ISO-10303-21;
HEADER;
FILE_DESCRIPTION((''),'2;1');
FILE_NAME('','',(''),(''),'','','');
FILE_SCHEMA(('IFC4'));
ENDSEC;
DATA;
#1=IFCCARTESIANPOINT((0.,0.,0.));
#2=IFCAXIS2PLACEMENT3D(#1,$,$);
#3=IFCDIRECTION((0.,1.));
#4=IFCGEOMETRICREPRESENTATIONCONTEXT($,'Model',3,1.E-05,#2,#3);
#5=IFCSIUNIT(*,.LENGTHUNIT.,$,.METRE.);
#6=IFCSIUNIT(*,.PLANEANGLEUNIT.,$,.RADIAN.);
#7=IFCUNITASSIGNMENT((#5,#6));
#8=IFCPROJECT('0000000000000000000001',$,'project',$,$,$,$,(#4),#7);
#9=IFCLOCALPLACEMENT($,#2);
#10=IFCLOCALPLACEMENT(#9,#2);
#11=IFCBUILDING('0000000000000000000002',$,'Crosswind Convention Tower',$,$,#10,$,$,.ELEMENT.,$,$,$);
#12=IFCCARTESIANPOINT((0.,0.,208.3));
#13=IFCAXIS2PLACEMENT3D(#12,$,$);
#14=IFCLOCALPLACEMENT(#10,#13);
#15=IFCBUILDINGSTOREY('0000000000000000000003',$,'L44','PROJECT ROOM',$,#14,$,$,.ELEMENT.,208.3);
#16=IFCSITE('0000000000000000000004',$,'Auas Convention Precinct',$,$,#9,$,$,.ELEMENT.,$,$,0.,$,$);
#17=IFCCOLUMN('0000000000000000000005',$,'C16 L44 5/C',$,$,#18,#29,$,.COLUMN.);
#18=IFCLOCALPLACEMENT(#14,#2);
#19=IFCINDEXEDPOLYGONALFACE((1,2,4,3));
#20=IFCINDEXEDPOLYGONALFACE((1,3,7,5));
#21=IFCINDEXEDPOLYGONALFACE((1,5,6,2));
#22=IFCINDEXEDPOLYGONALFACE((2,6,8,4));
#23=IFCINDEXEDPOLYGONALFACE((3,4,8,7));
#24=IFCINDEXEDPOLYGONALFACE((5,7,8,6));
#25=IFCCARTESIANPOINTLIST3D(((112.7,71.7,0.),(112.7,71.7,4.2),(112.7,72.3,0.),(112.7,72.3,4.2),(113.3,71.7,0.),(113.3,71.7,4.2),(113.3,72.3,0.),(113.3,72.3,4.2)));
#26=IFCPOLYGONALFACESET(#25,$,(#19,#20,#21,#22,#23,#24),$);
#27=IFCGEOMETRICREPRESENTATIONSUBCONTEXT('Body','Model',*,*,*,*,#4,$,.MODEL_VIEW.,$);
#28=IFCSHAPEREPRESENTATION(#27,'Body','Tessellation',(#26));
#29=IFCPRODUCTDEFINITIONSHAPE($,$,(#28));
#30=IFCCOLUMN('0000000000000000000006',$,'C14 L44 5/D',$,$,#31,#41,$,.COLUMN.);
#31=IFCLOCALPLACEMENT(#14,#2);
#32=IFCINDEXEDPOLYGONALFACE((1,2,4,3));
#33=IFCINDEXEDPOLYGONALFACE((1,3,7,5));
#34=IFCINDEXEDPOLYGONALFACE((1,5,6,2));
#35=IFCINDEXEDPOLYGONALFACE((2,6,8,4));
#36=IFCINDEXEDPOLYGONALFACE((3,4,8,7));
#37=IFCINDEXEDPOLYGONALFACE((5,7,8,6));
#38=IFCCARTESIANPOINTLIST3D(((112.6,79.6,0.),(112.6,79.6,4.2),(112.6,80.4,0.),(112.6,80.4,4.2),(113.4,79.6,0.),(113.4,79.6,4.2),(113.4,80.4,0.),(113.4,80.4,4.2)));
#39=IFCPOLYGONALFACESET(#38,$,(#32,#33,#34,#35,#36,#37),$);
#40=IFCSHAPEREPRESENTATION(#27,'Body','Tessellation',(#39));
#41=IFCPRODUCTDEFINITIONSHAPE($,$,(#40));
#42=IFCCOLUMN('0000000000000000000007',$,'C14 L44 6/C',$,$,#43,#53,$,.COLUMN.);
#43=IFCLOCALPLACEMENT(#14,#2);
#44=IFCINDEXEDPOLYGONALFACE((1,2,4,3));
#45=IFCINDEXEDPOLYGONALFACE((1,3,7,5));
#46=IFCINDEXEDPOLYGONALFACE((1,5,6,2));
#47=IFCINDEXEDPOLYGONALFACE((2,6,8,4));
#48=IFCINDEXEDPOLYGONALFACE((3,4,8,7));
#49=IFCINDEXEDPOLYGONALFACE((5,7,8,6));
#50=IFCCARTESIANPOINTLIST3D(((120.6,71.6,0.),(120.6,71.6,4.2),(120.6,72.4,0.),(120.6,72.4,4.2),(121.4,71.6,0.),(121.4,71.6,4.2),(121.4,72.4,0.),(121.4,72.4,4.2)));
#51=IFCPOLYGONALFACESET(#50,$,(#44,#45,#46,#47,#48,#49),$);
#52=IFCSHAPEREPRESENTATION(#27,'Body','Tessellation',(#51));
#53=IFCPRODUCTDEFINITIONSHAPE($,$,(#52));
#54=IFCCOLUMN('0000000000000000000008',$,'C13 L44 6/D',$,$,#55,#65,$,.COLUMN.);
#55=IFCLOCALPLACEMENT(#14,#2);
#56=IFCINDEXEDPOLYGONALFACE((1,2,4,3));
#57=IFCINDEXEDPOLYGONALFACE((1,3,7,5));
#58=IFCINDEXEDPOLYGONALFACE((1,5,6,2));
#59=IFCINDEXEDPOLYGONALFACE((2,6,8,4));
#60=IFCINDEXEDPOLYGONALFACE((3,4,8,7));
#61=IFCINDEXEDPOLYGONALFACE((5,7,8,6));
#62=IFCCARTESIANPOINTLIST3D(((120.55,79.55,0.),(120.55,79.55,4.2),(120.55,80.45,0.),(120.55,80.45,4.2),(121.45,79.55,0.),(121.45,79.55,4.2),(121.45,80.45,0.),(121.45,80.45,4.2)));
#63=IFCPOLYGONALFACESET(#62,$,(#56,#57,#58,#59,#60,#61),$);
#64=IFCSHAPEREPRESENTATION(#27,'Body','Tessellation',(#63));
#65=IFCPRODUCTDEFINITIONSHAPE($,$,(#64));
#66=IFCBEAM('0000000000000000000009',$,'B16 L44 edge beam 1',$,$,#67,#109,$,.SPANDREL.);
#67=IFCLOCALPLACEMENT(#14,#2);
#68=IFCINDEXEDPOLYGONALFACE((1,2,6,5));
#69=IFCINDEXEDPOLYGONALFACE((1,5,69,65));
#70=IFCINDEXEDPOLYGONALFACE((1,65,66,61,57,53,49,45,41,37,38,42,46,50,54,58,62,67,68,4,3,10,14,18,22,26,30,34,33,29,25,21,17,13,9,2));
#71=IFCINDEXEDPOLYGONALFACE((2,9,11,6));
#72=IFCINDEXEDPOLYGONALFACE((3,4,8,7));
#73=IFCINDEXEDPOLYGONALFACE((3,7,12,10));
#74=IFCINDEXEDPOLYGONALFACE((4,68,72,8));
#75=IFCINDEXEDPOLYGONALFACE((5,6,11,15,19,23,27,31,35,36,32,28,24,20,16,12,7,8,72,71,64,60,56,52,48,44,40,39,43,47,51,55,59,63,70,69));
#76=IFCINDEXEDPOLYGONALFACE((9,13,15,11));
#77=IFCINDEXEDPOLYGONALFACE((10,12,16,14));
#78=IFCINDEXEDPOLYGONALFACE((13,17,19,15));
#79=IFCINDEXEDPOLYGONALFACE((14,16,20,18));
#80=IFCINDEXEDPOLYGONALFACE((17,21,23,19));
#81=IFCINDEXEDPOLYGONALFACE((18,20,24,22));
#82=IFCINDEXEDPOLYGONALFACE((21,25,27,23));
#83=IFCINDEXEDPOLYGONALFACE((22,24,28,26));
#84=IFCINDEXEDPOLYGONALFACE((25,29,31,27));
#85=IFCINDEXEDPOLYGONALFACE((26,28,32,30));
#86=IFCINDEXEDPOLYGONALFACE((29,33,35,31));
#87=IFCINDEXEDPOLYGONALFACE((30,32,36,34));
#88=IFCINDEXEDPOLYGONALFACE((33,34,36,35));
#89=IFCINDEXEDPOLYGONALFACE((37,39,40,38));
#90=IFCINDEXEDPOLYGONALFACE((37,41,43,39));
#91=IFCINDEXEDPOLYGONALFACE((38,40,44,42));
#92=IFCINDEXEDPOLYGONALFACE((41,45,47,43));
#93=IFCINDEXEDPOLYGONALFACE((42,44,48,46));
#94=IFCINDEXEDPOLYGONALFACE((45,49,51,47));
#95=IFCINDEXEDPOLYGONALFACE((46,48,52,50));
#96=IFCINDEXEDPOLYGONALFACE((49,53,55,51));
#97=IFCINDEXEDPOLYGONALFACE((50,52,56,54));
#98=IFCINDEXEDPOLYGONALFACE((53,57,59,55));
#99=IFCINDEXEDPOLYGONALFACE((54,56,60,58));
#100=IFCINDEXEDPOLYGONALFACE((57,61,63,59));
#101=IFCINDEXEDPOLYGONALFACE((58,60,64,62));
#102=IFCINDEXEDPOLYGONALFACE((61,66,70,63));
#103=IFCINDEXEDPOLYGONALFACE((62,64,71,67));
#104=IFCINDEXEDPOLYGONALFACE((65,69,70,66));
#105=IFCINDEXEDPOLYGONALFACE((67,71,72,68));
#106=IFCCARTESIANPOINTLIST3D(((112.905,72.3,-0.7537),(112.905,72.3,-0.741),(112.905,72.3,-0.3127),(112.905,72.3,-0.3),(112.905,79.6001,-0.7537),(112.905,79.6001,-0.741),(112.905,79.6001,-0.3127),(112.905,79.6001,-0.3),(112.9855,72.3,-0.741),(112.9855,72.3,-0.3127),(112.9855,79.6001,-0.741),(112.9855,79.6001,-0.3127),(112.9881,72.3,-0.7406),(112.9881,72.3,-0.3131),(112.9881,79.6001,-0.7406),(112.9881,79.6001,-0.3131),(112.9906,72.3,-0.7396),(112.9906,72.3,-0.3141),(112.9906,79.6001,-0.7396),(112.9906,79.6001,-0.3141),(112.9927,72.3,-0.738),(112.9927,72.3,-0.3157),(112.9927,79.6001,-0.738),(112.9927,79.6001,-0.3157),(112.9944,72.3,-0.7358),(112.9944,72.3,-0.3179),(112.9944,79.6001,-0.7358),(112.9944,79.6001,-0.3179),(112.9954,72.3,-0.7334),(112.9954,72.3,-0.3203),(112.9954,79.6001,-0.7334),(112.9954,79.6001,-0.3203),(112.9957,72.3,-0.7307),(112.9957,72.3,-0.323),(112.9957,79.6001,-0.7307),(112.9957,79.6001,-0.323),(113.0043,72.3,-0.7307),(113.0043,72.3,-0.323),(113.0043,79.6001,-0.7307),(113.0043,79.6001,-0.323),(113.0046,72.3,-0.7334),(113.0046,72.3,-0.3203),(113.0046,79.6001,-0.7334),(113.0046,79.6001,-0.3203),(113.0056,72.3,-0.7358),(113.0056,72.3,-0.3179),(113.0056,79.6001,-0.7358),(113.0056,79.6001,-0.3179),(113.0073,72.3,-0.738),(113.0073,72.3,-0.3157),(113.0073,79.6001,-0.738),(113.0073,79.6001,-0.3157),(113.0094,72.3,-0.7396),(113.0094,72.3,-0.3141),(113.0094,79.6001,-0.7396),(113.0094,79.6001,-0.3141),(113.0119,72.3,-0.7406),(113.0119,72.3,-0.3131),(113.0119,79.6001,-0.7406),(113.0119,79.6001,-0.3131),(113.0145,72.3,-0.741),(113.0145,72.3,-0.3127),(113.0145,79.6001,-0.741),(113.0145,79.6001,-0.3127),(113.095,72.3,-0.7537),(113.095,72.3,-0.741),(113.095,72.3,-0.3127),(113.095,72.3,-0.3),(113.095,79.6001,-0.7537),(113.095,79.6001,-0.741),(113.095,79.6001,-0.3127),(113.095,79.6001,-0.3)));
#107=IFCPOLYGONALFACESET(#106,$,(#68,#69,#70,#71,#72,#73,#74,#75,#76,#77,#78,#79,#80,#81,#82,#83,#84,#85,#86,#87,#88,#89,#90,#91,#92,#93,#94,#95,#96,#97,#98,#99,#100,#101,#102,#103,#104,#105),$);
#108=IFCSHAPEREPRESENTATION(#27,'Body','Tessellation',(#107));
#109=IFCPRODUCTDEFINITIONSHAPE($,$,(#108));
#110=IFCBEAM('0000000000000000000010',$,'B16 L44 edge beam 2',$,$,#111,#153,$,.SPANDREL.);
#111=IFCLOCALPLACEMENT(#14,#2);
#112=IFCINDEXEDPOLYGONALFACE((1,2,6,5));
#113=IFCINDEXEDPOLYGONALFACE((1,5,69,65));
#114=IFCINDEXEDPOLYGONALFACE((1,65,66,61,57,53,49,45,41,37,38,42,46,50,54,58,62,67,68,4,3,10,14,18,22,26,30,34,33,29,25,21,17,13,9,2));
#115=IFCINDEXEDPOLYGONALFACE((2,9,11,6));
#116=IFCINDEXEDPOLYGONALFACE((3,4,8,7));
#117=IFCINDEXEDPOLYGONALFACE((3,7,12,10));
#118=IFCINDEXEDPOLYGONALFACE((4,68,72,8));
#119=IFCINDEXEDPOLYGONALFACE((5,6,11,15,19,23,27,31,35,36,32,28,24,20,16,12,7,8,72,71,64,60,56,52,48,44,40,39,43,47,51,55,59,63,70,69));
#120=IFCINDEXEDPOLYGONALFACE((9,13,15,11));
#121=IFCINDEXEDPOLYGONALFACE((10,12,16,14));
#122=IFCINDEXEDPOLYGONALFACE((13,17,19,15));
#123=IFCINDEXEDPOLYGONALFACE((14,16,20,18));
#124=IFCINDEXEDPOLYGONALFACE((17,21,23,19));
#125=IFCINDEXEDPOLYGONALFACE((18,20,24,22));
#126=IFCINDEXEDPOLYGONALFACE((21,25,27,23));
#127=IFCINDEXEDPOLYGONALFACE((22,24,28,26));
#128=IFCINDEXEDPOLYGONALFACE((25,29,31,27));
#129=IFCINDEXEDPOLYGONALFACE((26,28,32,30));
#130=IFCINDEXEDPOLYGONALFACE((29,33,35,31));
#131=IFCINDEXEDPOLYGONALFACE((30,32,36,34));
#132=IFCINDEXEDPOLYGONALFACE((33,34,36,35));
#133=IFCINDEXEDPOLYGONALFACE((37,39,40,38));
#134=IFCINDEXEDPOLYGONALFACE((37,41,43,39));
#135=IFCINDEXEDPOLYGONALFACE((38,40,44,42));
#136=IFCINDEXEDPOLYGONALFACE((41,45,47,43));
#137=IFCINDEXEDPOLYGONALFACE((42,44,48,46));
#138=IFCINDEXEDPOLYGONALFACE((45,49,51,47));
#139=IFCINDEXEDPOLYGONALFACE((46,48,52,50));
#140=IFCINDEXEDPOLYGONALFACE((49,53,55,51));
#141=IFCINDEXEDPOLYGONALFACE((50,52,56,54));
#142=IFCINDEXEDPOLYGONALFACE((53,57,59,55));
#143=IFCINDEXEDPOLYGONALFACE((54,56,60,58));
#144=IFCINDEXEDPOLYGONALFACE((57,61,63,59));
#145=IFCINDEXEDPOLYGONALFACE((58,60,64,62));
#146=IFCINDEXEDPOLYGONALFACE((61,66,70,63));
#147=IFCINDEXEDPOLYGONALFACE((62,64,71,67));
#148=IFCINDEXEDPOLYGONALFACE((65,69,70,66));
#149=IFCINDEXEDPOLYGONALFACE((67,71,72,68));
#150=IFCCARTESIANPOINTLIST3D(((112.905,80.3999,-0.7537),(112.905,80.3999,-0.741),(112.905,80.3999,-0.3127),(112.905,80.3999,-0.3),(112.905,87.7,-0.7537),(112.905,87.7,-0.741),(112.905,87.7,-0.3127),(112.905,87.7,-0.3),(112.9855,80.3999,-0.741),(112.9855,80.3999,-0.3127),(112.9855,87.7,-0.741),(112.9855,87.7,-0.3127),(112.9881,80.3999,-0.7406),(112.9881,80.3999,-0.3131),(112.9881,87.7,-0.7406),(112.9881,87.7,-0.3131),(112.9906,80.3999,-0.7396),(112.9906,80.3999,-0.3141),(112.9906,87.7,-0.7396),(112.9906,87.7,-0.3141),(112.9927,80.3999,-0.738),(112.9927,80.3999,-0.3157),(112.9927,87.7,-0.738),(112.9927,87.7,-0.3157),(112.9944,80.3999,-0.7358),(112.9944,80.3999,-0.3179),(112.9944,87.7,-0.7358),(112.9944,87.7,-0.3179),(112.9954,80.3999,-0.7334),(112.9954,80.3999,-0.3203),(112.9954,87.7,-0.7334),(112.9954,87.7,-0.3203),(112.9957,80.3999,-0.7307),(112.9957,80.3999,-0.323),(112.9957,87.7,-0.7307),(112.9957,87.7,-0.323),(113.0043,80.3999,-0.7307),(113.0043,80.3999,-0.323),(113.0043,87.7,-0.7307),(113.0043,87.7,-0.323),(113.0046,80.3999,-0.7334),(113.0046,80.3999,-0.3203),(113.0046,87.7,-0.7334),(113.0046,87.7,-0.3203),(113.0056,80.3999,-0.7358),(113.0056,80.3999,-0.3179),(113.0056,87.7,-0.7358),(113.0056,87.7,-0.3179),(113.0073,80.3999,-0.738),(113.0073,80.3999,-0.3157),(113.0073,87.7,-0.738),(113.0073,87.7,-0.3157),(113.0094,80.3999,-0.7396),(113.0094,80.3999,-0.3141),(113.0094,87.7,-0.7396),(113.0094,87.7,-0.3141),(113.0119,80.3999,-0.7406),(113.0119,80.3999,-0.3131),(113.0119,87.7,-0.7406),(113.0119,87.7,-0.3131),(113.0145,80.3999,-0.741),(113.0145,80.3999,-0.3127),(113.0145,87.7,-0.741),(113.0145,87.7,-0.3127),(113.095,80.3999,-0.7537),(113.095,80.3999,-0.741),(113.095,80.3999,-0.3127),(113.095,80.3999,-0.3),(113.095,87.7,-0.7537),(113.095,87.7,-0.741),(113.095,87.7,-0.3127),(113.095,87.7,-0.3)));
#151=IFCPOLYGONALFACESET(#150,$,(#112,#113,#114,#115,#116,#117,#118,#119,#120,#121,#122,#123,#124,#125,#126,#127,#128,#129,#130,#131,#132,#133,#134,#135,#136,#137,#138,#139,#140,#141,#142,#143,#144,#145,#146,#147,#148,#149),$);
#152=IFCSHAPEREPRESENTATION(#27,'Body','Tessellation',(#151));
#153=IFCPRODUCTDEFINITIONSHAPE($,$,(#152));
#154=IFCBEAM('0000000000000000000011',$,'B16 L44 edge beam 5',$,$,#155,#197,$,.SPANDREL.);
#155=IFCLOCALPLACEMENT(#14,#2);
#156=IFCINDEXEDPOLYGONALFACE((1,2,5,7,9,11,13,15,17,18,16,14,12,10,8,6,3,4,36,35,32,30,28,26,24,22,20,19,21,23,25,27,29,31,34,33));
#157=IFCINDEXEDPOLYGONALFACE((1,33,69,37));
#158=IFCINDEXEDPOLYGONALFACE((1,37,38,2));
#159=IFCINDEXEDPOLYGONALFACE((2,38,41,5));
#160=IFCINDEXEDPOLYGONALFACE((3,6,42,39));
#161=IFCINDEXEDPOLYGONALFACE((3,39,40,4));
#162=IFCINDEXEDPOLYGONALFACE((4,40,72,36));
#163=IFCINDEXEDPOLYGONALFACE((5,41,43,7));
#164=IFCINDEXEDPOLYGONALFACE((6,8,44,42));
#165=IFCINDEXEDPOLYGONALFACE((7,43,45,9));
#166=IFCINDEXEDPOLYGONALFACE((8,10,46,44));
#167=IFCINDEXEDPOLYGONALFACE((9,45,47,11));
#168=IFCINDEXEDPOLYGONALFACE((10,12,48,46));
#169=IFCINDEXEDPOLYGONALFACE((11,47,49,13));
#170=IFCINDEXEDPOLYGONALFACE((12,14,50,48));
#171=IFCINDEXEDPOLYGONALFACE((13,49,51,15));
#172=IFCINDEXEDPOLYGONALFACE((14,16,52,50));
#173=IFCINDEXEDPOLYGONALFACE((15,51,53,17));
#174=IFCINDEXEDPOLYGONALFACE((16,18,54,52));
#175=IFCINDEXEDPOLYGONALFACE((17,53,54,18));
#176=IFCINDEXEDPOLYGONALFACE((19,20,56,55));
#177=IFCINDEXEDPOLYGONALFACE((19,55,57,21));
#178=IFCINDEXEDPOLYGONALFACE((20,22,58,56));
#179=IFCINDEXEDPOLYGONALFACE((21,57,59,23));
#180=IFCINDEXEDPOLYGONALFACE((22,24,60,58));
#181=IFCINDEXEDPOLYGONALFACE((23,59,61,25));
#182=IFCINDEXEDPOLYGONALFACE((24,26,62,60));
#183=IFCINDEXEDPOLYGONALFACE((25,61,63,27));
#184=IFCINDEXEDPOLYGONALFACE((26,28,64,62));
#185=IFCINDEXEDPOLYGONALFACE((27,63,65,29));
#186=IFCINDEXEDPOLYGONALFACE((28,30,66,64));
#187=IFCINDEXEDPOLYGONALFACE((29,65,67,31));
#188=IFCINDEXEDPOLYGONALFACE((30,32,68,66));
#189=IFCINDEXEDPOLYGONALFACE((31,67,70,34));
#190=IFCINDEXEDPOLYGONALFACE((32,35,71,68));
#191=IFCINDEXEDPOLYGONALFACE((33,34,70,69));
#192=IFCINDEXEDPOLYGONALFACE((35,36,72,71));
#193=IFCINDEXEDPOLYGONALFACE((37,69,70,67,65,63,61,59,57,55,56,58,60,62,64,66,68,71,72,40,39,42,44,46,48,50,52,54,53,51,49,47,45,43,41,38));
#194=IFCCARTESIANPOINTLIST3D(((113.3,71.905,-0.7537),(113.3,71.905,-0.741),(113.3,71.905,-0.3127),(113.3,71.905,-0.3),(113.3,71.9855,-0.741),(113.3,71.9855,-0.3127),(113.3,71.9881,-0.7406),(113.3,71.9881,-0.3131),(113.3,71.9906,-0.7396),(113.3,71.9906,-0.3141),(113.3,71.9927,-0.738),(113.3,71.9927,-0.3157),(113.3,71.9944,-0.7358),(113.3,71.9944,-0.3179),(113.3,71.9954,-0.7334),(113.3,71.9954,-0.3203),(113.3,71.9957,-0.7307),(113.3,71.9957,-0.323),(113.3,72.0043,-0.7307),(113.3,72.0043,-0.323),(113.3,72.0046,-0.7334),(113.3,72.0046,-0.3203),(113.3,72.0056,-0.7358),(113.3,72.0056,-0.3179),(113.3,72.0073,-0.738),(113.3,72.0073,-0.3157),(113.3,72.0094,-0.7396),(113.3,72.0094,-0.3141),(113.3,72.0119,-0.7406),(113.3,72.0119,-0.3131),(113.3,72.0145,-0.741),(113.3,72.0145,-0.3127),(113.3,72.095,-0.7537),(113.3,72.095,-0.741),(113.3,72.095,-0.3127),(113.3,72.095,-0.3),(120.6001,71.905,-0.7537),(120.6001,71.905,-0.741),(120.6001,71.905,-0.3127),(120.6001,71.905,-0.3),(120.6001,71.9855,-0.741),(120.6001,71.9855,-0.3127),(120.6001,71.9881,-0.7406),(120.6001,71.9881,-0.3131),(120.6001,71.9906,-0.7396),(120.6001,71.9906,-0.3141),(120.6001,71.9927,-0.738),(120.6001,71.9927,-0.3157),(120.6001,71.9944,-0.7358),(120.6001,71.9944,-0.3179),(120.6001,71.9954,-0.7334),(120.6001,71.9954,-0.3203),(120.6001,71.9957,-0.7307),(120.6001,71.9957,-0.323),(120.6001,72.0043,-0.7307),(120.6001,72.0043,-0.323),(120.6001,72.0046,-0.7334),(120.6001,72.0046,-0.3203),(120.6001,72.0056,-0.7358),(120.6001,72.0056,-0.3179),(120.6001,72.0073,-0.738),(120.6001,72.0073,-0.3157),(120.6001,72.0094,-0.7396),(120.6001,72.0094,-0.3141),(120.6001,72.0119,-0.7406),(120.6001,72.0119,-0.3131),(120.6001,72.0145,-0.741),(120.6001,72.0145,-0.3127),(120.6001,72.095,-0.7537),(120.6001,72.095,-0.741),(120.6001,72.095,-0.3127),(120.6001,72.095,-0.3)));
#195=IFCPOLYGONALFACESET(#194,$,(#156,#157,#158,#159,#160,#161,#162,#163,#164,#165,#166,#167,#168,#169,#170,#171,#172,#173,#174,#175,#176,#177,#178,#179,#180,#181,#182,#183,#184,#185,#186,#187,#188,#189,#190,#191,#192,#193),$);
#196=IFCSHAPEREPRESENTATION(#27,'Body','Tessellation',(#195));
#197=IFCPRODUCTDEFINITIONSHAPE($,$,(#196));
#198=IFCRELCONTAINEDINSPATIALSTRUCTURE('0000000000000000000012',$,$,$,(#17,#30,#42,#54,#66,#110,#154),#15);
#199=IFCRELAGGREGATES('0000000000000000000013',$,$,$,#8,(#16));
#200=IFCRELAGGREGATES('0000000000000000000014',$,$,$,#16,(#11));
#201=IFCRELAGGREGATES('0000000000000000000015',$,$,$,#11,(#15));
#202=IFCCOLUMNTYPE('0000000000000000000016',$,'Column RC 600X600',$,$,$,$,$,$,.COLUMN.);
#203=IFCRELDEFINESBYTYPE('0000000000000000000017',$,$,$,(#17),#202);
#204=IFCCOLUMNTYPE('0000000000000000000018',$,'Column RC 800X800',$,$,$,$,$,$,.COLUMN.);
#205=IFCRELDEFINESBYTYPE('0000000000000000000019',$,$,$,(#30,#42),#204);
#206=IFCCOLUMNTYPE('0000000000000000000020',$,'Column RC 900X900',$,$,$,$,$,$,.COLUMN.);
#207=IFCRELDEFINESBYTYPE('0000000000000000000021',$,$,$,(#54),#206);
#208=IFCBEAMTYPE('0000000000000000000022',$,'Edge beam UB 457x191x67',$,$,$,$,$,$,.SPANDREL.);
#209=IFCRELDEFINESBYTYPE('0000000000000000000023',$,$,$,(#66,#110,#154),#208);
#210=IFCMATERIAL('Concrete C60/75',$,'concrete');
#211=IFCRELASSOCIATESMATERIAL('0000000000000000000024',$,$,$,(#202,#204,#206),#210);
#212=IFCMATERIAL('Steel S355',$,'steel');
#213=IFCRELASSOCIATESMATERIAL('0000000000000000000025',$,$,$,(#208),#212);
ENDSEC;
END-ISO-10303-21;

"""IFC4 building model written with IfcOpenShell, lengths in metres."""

from ifc_helpers import new_model, si_unit, direction, frame, origin, origin_2d, place, context, subcontext, project, spatial, rectangle, i_section, extrude, material, material_profile, profile_set, type_object, element, save


model = new_model("IFC4")

# Units and contexts
model_context = context("Model", 3, precision=1e-05, world=origin(), true_north=direction((0.0, 1.0)))
body_context = subcontext(model_context, "Body", "Model", "MODEL_VIEW")
ifc_project = project(units=[si_unit("LENGTHUNIT", "METRE"), si_unit("PLANEANGLEUNIT", "RADIAN")], contexts=[model_context])

# Site, building, storey
site_placement = place(None, origin())
site = spatial("IfcSite", under=ifc_project, at=site_placement, Name="Auas Convention Precinct", CompositionType="ELEMENT", RefElevation=0.0)
building_placement = place(site_placement, origin())
building = spatial("IfcBuilding", under=site, at=building_placement, Name="Crosswind Convention Tower", CompositionType="ELEMENT")
storey_placement = place(building_placement, frame((0.0, 0.0, 208.3)))
storey = spatial("IfcBuildingStorey", under=building, at=storey_placement, Name="L44", Description="PROJECT ROOM", CompositionType="ELEMENT", Elevation=208.3)

# Columns
ifc_material_1 = material(Name="Concrete C60/75", Category="concrete")
ifc_material_profile_1 = material_profile(ifc_material_1, rectangle(XDim=0.6001, YDim=0.6001, at=origin_2d()), Name="RC 600X600")
ifc_profile_set_1 = profile_set([ifc_material_profile_1], Name="Concrete C60/75")
column_type_1 = type_object("IfcColumnType", Name="Column RC 600X600", PredefinedType="COLUMN", material=ifc_profile_set_1)
column_1_placement = place(storey_placement, frame((113.0, 72.0, 0.0), z_axis=(0.0, 0.0, 1.0), x_axis=(1.0, 0.0, 0.0)))
element("IfcColumn", 1, at=column_1_placement, inside=storey, type_object=column_type_1, Name="C16 L44 5/C", PredefinedType="COLUMN", context=body_context, shape_type="SweptSolid", body=[
    extrude(rectangle(XDim=0.6001, YDim=0.6001, at=origin_2d()), origin(), (0.0, 0.0, 1.0), 4.2),
])
ifc_material_profile_2 = material_profile(ifc_material_1, rectangle(XDim=0.8, YDim=0.8, at=origin_2d()), Name="RC 800X800")
ifc_profile_set_2 = profile_set([ifc_material_profile_2], Name="Concrete C60/75")
column_type_2 = type_object("IfcColumnType", Name="Column RC 800X800", PredefinedType="COLUMN", material=ifc_profile_set_2)
for number, where, z_axis, x_axis, name in (
    (2, (113.0, 80.0, 0.0), (0.0, 0.0, 1.0), (1.0, 0.0, 0.0), "C14 L44 5/D"),
    (3, (121.0, 72.0, 0.0), (0.0, 0.0, 1.0), (1.0, 0.0, 0.0), "C14 L44 6/C"),
):
    element("IfcColumn", number, at=place(storey_placement, frame(where, z_axis=z_axis, x_axis=x_axis)), inside=storey, type_object=column_type_2, Name=name, PredefinedType="COLUMN", context=body_context, shape_type="SweptSolid", body=[
        extrude(rectangle(XDim=0.8, YDim=0.8, at=origin_2d()), origin(), (0.0, 0.0, 1.0), 4.2),
    ])
ifc_material_profile_3 = material_profile(ifc_material_1, rectangle(XDim=0.8999, YDim=0.8999, at=origin_2d()), Name="RC 900X900")
ifc_profile_set_3 = profile_set([ifc_material_profile_3], Name="Concrete C60/75")
column_type_3 = type_object("IfcColumnType", Name="Column RC 900X900", PredefinedType="COLUMN", material=ifc_profile_set_3)
column_2_placement = place(storey_placement, frame((121.0, 80.0, 0.0), z_axis=(0.0, 0.0, 1.0), x_axis=(1.0, 0.0, 0.0)))
element("IfcColumn", 4, at=column_2_placement, inside=storey, type_object=column_type_3, Name="C13 L44 6/D", PredefinedType="COLUMN", context=body_context, shape_type="SweptSolid", body=[
    extrude(rectangle(XDim=0.8999, YDim=0.8999, at=origin_2d()), origin(), (0.0, 0.0, 1.0), 4.2),
])

# Beams
ifc_material_2 = material(Name="Steel S355", Category="steel")
ifc_material_profile_4 = material_profile(ifc_material_2, i_section(OverallWidth=0.1899, OverallDepth=0.4536, WebThickness=0.0085, FlangeThickness=0.0127, FilletRadius=0.0103, at=origin_2d()), Name="UB 457x191x67")
ifc_profile_set_4 = profile_set([ifc_material_profile_4], Name="Steel S355")
beam_type_1 = type_object("IfcBeamType", Name="Edge beam UB 457x191x67", PredefinedType="SPANDREL", material=ifc_profile_set_4)
for number, where, z_axis, x_axis, name in (
    (5, (113.0, 72.3, -0.5269), (0.0, 1.0, 0.0), (-1.0, 0.0, 0.0), "B16 L44 edge beam 1"),
    (6, (113.0, 80.3999, -0.5269), (0.0, 1.0, 0.0), (-1.0, 0.0, 0.0), "B16 L44 edge beam 2"),
    (7, (113.3, 72.0, -0.5269), (1.0, 0.0, 0.0), (0.0, 1.0, 0.0), "B16 L44 edge beam 5"),
):
    element("IfcBeam", number, at=place(storey_placement, frame(where, z_axis=z_axis, x_axis=x_axis)), inside=storey, type_object=beam_type_1, Name=name, PredefinedType="SPANDREL", context=body_context, shape_type="SweptSolid", body=[
        extrude(i_section(OverallWidth=0.1899, OverallDepth=0.4536, WebThickness=0.0085, FlangeThickness=0.0127, FilletRadius=0.0103, at=origin_2d()), origin(), (0.0, 0.0, 1.0), 7.3),
    ])

save(model, "model.ifc")
